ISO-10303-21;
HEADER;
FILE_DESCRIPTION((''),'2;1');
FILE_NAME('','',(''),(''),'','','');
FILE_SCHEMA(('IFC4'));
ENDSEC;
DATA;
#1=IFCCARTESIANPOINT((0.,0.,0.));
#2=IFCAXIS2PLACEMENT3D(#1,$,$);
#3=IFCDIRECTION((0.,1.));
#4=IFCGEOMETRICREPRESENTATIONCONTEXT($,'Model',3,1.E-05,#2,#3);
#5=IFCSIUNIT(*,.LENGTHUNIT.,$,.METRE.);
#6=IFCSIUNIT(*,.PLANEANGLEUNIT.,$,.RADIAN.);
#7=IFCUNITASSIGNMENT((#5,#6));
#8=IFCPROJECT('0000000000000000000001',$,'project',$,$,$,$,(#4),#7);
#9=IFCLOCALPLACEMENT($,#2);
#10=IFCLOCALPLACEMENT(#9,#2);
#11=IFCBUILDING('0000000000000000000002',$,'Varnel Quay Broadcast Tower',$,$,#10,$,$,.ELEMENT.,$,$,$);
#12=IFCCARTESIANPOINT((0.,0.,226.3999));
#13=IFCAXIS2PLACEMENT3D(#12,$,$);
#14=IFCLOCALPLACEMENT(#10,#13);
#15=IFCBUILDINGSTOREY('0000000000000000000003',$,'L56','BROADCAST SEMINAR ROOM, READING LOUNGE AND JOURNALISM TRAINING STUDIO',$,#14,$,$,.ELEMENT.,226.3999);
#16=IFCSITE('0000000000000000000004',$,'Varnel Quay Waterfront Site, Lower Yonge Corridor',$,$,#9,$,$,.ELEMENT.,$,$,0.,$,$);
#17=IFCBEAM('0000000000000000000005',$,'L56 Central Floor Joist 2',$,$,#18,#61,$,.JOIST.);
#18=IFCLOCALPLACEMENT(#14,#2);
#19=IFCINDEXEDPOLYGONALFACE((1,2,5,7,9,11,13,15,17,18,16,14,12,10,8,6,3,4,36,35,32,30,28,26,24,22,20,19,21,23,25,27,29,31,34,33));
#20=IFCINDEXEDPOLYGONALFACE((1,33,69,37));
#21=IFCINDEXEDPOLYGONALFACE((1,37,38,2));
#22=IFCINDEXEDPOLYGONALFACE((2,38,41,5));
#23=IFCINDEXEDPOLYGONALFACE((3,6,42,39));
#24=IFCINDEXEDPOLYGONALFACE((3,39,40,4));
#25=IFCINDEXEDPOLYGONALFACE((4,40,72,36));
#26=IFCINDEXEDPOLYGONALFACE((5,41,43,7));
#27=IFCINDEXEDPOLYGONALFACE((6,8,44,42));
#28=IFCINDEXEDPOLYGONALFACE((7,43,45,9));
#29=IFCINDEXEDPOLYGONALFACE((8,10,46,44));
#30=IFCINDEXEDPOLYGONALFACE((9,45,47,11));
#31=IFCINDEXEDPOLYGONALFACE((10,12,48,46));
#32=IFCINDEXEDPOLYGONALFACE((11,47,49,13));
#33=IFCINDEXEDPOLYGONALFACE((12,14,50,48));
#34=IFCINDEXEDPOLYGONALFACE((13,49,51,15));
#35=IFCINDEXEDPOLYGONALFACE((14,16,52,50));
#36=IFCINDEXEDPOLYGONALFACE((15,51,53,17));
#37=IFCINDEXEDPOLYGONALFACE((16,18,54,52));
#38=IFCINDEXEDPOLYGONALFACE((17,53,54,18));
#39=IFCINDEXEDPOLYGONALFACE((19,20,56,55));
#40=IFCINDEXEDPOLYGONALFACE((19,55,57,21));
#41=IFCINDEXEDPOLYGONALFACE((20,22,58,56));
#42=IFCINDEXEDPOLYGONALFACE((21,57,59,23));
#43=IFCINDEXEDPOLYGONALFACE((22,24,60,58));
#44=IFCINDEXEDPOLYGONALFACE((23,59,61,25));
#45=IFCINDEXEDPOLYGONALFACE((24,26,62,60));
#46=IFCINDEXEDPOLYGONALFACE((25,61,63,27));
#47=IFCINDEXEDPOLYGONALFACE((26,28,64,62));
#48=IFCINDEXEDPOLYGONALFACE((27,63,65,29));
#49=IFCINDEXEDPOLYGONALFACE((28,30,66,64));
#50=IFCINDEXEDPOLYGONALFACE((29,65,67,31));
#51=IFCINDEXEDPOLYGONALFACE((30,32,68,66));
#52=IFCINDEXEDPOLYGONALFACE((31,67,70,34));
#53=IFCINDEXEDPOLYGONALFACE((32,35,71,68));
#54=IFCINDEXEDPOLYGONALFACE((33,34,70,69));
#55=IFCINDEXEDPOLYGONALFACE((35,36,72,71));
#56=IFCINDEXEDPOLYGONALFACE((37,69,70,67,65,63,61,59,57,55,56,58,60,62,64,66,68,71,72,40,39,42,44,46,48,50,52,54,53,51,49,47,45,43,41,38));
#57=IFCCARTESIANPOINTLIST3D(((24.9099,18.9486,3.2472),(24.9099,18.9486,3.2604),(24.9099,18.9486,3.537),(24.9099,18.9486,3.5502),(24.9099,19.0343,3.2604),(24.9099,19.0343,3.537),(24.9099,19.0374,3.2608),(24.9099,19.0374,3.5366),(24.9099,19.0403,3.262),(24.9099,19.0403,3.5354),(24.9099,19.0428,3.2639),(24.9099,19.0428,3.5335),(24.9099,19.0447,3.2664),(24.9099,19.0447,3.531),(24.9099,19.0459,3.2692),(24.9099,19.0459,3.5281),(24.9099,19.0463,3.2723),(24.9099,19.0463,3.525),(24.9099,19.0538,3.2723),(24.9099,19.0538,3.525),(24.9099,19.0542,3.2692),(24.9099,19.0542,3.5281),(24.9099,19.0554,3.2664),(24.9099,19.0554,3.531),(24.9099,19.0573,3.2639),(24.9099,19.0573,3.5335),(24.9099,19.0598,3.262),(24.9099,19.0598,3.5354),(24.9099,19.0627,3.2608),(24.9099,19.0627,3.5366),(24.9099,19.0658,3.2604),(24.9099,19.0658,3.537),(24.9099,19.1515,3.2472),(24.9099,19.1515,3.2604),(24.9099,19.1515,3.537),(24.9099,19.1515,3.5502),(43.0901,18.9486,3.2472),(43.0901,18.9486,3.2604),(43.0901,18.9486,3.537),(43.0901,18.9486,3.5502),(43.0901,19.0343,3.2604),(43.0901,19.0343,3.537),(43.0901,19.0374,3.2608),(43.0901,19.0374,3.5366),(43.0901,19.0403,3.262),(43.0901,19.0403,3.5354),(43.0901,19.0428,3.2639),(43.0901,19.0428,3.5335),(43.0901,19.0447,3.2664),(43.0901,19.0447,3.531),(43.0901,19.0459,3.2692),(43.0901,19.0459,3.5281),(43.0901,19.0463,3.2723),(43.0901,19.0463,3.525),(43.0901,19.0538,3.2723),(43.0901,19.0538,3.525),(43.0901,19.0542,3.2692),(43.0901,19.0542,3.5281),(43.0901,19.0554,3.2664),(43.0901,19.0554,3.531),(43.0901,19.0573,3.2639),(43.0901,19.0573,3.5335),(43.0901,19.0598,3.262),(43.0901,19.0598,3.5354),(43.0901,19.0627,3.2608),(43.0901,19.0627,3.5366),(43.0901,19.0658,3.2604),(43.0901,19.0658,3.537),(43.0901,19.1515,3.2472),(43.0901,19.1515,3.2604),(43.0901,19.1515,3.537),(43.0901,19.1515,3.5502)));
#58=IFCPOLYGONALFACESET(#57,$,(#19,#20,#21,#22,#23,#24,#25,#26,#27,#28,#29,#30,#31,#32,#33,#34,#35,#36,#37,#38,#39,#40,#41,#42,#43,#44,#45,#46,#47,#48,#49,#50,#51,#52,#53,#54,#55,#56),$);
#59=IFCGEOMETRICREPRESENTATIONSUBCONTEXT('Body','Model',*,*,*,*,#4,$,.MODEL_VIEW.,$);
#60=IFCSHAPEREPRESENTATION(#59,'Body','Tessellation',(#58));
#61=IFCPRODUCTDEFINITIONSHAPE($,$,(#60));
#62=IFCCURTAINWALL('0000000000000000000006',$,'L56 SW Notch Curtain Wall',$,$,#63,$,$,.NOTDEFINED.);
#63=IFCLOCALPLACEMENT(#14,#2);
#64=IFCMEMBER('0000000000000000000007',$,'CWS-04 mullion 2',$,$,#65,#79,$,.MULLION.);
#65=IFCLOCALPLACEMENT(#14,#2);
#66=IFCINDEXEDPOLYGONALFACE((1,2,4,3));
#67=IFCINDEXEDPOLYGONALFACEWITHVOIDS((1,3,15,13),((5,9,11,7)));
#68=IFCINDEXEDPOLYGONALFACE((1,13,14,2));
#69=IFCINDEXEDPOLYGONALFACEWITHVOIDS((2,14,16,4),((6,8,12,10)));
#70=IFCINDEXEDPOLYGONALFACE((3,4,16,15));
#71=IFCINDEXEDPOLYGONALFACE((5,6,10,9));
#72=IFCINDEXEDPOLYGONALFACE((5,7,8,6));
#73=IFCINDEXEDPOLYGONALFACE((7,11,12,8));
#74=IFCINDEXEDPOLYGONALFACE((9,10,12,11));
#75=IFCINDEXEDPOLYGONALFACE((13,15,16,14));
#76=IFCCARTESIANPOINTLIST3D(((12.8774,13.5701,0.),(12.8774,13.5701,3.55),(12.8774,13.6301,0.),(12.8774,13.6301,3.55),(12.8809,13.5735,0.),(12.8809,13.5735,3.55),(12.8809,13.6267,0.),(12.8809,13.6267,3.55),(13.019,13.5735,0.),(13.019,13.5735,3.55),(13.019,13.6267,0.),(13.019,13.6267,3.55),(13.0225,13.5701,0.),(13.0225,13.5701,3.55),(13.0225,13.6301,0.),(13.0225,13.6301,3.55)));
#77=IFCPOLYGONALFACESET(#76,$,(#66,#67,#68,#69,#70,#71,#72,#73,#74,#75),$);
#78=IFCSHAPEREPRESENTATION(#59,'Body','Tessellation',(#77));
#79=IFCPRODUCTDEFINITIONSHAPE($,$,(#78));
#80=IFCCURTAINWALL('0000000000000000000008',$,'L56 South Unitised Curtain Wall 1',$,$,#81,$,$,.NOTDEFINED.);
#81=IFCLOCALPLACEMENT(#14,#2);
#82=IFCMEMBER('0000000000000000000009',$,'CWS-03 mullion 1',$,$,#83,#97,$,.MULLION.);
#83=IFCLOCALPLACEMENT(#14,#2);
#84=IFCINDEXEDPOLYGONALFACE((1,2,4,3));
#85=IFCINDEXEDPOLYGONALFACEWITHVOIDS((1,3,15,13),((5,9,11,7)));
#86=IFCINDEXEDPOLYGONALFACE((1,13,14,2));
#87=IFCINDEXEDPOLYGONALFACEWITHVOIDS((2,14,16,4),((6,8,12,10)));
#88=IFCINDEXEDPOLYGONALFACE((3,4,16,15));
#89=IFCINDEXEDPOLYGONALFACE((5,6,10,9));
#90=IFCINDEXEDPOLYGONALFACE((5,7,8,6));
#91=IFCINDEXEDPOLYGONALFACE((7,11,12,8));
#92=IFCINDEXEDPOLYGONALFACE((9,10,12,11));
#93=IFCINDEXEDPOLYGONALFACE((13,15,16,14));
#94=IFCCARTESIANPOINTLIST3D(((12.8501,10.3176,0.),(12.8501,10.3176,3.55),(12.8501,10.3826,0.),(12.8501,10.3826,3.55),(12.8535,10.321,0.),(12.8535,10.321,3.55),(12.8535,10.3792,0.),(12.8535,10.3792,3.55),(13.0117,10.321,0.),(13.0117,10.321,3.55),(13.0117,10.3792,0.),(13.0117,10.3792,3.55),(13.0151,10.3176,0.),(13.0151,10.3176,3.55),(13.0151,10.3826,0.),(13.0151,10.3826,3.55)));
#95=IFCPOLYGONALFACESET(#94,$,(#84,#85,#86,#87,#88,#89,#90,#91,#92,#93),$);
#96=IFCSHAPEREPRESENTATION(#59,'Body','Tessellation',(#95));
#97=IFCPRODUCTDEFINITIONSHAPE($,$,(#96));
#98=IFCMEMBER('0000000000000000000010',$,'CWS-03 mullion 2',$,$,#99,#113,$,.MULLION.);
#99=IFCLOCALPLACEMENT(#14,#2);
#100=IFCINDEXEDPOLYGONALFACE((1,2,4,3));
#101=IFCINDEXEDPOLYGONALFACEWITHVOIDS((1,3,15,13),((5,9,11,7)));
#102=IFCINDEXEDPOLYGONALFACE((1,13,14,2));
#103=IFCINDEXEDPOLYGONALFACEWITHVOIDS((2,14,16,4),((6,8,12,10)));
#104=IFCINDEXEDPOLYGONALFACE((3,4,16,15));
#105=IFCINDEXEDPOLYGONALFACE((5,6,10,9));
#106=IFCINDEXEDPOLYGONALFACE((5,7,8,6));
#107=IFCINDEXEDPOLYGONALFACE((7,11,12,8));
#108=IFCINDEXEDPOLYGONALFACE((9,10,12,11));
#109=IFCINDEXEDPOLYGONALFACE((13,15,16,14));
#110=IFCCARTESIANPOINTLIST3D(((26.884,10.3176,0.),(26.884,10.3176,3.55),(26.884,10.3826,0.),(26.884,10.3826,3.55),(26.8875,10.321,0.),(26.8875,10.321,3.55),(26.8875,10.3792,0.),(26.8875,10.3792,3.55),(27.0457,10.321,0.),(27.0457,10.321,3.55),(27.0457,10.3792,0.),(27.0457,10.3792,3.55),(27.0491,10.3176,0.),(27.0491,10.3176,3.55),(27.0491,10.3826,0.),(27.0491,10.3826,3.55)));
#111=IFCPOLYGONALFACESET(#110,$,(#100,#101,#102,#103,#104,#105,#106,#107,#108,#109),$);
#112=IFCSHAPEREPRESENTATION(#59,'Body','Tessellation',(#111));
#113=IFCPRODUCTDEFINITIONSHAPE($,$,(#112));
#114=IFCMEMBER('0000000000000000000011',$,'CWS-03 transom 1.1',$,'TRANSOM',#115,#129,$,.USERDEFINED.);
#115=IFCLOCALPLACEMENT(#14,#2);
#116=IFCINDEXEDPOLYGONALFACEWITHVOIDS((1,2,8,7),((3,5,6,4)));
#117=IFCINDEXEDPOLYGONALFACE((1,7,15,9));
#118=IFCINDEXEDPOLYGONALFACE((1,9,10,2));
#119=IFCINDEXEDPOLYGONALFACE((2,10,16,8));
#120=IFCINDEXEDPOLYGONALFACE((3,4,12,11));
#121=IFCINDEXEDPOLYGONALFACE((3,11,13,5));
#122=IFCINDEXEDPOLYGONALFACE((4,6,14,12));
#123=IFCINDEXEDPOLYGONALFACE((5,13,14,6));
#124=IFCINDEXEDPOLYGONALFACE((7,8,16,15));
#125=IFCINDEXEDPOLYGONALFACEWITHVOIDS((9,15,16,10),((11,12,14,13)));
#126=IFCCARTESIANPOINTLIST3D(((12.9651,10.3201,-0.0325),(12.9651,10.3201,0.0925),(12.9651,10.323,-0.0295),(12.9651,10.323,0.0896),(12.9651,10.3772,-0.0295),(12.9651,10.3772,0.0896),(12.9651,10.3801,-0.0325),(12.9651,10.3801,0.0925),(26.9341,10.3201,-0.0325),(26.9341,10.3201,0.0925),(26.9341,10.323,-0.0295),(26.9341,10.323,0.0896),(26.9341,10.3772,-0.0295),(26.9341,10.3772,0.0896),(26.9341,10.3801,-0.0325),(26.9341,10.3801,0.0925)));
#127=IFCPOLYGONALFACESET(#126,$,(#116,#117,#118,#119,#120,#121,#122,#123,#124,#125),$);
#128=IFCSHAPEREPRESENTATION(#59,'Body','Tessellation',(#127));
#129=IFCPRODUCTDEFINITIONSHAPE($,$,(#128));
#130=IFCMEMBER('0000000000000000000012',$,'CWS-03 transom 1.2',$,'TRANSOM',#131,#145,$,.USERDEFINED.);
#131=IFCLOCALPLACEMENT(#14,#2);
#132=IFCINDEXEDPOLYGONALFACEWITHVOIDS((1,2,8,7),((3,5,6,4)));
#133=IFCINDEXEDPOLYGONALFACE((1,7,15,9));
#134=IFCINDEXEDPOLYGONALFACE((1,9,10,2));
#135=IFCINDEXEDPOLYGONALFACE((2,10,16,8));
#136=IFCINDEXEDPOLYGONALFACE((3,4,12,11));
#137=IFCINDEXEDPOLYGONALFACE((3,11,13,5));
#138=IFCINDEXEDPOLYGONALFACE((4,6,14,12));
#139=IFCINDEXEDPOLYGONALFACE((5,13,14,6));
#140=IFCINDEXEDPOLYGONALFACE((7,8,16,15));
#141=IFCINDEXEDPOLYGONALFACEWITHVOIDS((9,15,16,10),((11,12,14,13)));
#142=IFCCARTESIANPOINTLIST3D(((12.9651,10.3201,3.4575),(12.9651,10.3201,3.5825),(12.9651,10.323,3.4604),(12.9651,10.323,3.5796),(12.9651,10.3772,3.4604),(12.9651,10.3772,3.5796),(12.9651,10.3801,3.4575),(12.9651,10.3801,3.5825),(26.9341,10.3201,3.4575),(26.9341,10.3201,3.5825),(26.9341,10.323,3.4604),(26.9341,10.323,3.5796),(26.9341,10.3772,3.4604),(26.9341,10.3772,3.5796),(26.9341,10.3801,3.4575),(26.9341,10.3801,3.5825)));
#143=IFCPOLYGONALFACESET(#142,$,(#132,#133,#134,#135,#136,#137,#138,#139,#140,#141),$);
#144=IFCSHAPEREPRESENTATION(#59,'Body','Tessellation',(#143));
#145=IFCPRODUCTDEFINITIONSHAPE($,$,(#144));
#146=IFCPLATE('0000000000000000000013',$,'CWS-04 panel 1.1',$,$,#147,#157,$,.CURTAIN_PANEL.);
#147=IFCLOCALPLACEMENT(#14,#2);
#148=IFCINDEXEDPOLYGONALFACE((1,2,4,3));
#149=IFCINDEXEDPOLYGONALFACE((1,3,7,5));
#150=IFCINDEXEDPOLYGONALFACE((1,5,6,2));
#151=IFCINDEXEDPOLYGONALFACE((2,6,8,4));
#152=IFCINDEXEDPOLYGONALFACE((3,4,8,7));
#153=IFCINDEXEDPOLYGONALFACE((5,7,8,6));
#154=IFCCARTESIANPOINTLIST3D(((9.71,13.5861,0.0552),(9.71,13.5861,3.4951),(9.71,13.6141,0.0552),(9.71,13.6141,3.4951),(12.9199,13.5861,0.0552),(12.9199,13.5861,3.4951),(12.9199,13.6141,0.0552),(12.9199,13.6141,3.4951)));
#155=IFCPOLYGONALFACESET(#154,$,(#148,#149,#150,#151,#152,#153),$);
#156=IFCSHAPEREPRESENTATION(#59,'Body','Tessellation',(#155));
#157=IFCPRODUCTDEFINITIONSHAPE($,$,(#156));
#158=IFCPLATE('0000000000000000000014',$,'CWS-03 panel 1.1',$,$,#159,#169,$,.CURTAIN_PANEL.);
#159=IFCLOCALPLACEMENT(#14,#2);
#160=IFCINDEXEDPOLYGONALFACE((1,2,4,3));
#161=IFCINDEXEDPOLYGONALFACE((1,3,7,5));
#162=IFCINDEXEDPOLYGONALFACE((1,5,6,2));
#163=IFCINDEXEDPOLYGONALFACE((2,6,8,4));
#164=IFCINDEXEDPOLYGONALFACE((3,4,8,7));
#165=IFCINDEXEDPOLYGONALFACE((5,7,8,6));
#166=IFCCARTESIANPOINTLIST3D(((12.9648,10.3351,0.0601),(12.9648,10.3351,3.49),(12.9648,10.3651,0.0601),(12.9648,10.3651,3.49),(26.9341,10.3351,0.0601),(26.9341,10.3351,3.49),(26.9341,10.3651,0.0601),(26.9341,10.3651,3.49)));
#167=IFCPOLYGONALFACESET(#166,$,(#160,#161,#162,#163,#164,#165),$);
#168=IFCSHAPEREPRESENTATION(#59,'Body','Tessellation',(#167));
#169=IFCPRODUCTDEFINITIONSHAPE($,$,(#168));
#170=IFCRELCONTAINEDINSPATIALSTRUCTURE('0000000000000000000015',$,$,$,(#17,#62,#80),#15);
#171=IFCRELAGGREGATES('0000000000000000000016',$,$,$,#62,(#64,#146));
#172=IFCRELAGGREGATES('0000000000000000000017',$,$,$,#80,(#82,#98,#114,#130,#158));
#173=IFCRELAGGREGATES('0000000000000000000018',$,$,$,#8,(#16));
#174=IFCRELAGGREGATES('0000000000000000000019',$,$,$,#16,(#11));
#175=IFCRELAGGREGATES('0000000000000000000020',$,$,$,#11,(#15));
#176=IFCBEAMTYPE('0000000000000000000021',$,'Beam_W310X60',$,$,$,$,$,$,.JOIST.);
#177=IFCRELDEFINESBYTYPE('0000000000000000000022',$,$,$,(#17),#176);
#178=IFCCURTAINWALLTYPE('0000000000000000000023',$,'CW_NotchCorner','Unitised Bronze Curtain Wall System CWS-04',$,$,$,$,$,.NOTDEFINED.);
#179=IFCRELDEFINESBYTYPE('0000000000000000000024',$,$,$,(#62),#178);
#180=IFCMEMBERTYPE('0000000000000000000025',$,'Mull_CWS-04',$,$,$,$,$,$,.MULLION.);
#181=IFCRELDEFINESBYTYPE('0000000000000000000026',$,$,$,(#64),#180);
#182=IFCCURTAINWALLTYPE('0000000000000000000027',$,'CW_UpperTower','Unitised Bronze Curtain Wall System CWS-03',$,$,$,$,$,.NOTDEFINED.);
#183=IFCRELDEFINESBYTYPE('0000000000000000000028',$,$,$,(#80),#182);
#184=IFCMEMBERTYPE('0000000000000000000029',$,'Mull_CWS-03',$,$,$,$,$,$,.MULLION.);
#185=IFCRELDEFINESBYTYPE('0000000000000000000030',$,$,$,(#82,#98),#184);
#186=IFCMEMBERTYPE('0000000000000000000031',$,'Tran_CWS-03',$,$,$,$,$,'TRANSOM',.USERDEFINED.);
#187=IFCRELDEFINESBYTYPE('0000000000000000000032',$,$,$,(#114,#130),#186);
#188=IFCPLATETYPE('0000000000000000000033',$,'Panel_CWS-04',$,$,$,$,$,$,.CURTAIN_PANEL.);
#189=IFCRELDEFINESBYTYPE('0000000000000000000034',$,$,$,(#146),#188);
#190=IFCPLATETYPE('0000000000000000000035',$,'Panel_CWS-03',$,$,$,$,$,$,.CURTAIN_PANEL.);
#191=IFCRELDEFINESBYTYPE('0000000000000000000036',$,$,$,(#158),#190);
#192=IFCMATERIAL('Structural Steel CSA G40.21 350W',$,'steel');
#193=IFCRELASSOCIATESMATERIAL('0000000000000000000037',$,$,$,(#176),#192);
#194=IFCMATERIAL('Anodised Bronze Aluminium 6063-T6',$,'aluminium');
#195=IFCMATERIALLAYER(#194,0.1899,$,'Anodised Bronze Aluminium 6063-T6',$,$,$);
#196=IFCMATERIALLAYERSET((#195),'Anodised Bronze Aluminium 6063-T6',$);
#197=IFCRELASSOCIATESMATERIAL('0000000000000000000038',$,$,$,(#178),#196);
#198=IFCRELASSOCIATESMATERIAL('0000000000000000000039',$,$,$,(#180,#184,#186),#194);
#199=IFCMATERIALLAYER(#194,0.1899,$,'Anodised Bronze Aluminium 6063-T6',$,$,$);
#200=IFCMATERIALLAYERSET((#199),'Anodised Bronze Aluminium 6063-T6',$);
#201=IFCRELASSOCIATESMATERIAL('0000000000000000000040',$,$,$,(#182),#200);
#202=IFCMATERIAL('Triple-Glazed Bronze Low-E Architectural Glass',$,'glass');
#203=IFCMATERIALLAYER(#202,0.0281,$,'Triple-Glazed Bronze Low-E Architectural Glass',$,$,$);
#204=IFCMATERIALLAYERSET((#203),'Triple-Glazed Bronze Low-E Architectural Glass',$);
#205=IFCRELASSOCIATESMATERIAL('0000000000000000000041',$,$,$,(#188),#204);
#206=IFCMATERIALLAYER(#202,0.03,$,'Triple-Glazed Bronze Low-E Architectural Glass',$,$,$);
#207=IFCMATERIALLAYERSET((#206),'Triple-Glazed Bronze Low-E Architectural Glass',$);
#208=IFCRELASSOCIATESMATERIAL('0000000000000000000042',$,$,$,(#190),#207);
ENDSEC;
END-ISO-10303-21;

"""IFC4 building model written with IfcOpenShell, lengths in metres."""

from ifc_helpers import new_model, si_unit, direction, frame, origin, origin_2d, place, context, subcontext, project, spatial, rectangle, hollow_rectangle, i_section, extrude, source, transform, mapped, material, layer, layer_set, material_profile, profile_set, type_object, type_shapes, element, aggregate, save


model = new_model("IFC4")

# Units and contexts
model_context = context("Model", 3, precision=1e-05, world=origin(), true_north=direction((0.0, 1.0)))
body_context = subcontext(model_context, "Body", "Model", "MODEL_VIEW")
ifc_project = project(units=[si_unit("LENGTHUNIT", "METRE"), si_unit("PLANEANGLEUNIT", "RADIAN")], contexts=[model_context])

# Site, building, storey
site_placement = place(None, origin())
site = spatial("IfcSite", under=ifc_project, at=site_placement, Name="Varnel Quay Waterfront Site, Lower Yonge Corridor", CompositionType="ELEMENT", RefElevation=0.0)
building_placement = place(site_placement, origin())
building = spatial("IfcBuilding", under=site, at=building_placement, Name="Varnel Quay Broadcast Tower", CompositionType="ELEMENT")
storey_placement = place(building_placement, frame((0.0, 0.0, 226.3999)))
storey = spatial("IfcBuildingStorey", under=building, at=storey_placement, Name="L56", Description="BROADCAST SEMINAR ROOM, READING LOUNGE AND JOURNALISM TRAINING STUDIO", CompositionType="ELEMENT", Elevation=226.3999)

# Shared definitions
ifc_material_1 = material(Name="Structural Steel CSA G40.21 350W", Category="steel")

# Beam
ifc_material_profile_1 = material_profile(ifc_material_1, i_section(OverallWidth=0.2029, OverallDepth=0.303, WebThickness=0.0076, FlangeThickness=0.0132, FilletRadius=0.012, at=origin_2d()), Name="W310X60")
ifc_profile_set_1 = profile_set([ifc_material_profile_1], Name="Structural Steel CSA G40.21 350W")
beam_type_1 = type_object("IfcBeamType", Name="Beam_W310X60", PredefinedType="JOIST", material=ifc_profile_set_1)
shared_shape_1 = source(origin(), body_context, "Body", "SweptSolid", [
    extrude(i_section(OverallWidth=0.2029, OverallDepth=0.303, WebThickness=0.0076, FlangeThickness=0.0132, FilletRadius=0.012, at=origin_2d()), origin(), (0.0, 0.0, 1.0), 18.1802),
])
beam_1_placement = place(storey_placement, frame((24.9099, 19.05, 3.3987), z_axis=(1.0, 0.0, 0.0), x_axis=(0.0, 1.0, 0.0)))
element("IfcBeam", 1, at=beam_1_placement, inside=storey, type_object=beam_type_1, Name="L56 Central Floor Joist 2", PredefinedType="JOIST", context=body_context, shape_type="MappedRepresentation", body=[
    mapped(shared_shape_1, transform((0.0, 0.0, 0.0), x_axis=(1.0, 0.0, 0.0), y_axis=(0.0, 1.0, 0.0), z_axis=(0.0, 0.0, 1.0), scale=1.0)),
])

# Curtain wall, member
ifc_material_2 = material(Name="Anodised Bronze Aluminium 6063-T6", Category="aluminium")
ifc_layer_1 = layer(ifc_material_2, 0.1899, Name="Anodised Bronze Aluminium 6063-T6")
ifc_layer_set_1 = layer_set([ifc_layer_1], Name="Anodised Bronze Aluminium 6063-T6")
curtain_wall_type_1 = type_object("IfcCurtainWallType", Name="CW_NotchCorner", Description="Unitised Bronze Curtain Wall System CWS-04", PredefinedType="NOTDEFINED", material=ifc_layer_set_1)
curtain_wall_1_placement = place(storey_placement, origin())
curtain_wall_1 = element("IfcCurtainWall", 2, at=curtain_wall_1_placement, inside=storey, type_object=curtain_wall_type_1, Name="L56 SW Notch Curtain Wall", PredefinedType="NOTDEFINED")
ifc_material_profile_2 = material_profile(ifc_material_2, hollow_rectangle(XDim=0.0601, YDim=0.145, WallThickness=0.0034, at=origin_2d()), Name="ALU60X145X3.5")
ifc_profile_set_2 = profile_set([ifc_material_profile_2], Name="Anodised Bronze Aluminium 6063-T6")
member_type_1 = type_object("IfcMemberType", Name="Mull_CWS-04", PredefinedType="MULLION", material=ifc_profile_set_2)
shared_shape_2 = source(origin(), body_context, "Body", "SweptSolid", [
    extrude(hollow_rectangle(XDim=0.0601, YDim=0.145, WallThickness=0.0034, at=origin_2d()), origin(), (0.0, 0.0, 1.0), 3.55),
])
type_shapes(member_type_1, [shared_shape_2])
member_1_placement = place(storey_placement, frame((12.95, 13.6001, 0.0), z_axis=(0.0, 0.0, 1.0), x_axis=(0.0, 1.0, 0.0)))
member_1 = element("IfcMember", 3, at=member_1_placement, type_object=member_type_1, Name="CWS-04 mullion 2", PredefinedType="MULLION", context=body_context, shape_type="MappedRepresentation", body=[
    mapped(shared_shape_2, transform((0.0, 0.0, 0.0), x_axis=(1.0, 0.0, 0.0), y_axis=(0.0, 1.0, 0.0), z_axis=(0.0, 0.0, 1.0), scale=1.0)),
])

# Curtain wall, members
ifc_layer_2 = layer(ifc_material_2, 0.1899, Name="Anodised Bronze Aluminium 6063-T6")
ifc_layer_set_2 = layer_set([ifc_layer_2], Name="Anodised Bronze Aluminium 6063-T6")
curtain_wall_type_2 = type_object("IfcCurtainWallType", Name="CW_UpperTower", Description="Unitised Bronze Curtain Wall System CWS-03", PredefinedType="NOTDEFINED", material=ifc_layer_set_2)
curtain_wall_2_placement = place(storey_placement, origin())
curtain_wall_2 = element("IfcCurtainWall", 4, at=curtain_wall_2_placement, inside=storey, type_object=curtain_wall_type_2, Name="L56 South Unitised Curtain Wall 1", PredefinedType="NOTDEFINED")
ifc_material_profile_3 = material_profile(ifc_material_2, hollow_rectangle(XDim=0.0649, YDim=0.165, WallThickness=0.0034, at=origin_2d()), Name="ALU65X165X3.5")
ifc_profile_set_3 = profile_set([ifc_material_profile_3], Name="Anodised Bronze Aluminium 6063-T6")
member_type_2 = type_object("IfcMemberType", Name="Mull_CWS-03", PredefinedType="MULLION", material=ifc_profile_set_3)
shared_shape_3 = source(origin(), body_context, "Body", "SweptSolid", [
    extrude(hollow_rectangle(XDim=0.0649, YDim=0.165, WallThickness=0.0034, at=origin_2d()), origin(), (0.0, 0.0, 1.0), 3.55),
])
type_shapes(member_type_2, [shared_shape_3])
member_2_placement = place(storey_placement, frame((12.9326, 10.3501, 0.0), z_axis=(0.0, 0.0, 1.0), x_axis=(0.0, 1.0, 0.0)))
member_2 = element("IfcMember", 5, at=member_2_placement, type_object=member_type_2, Name="CWS-03 mullion 1", PredefinedType="MULLION", context=body_context, shape_type="MappedRepresentation", body=[
    mapped(shared_shape_3, transform((0.0, 0.0, 0.0), x_axis=(1.0, 0.0, 0.0), y_axis=(0.0, 1.0, 0.0), z_axis=(0.0, 0.0, 1.0), scale=1.0)),
])
member_3_placement = place(storey_placement, frame((26.9666, 10.3501, 0.0), z_axis=(0.0, 0.0, 1.0), x_axis=(0.0, 1.0, 0.0)))
member_3 = element("IfcMember", 6, at=member_3_placement, type_object=member_type_2, Name="CWS-03 mullion 2", PredefinedType="MULLION", context=body_context, shape_type="MappedRepresentation", body=[
    mapped(shared_shape_3, transform((0.0, 0.0, 0.0), x_axis=(1.0, 0.0, 0.0), y_axis=(0.0, 1.0, 0.0), z_axis=(0.0, 0.0, 1.0), scale=1.0)),
])
ifc_material_profile_4 = material_profile(ifc_material_2, hollow_rectangle(XDim=0.0601, YDim=0.125, WallThickness=0.0029, at=origin_2d()), Name="ALU60X125X3")
ifc_profile_set_4 = profile_set([ifc_material_profile_4], Name="Anodised Bronze Aluminium 6063-T6")
member_type_3 = type_object("IfcMemberType", Name="Tran_CWS-03", ElementType="TRANSOM", PredefinedType="USERDEFINED", material=ifc_profile_set_4)
shared_shape_4 = source(origin(), body_context, "Body", "SweptSolid", [
    extrude(hollow_rectangle(XDim=0.0601, YDim=0.125, WallThickness=0.0029, at=origin_2d()), origin(), (0.0, 0.0, 1.0), 13.969),
])
type_shapes(member_type_3, [shared_shape_4])
member_4_placement = place(storey_placement, frame((12.9651, 10.3501, 0.03), z_axis=(1.0, 0.0, 0.0), x_axis=(0.0, 1.0, 0.0)))
member_4 = element("IfcMember", 7, at=member_4_placement, type_object=member_type_3, Name="CWS-03 transom 1.1", ObjectType="TRANSOM", PredefinedType="USERDEFINED", context=body_context, shape_type="MappedRepresentation", body=[
    mapped(shared_shape_4, transform((0.0, 0.0, 0.0), x_axis=(1.0, 0.0, 0.0), y_axis=(0.0, 1.0, 0.0), z_axis=(0.0, 0.0, 1.0), scale=1.0)),
])
member_5_placement = place(storey_placement, frame((12.9651, 10.3501, 3.52), z_axis=(1.0, 0.0, 0.0), x_axis=(0.0, 1.0, 0.0)))
member_5 = element("IfcMember", 8, at=member_5_placement, type_object=member_type_3, Name="CWS-03 transom 1.2", ObjectType="TRANSOM", PredefinedType="USERDEFINED", context=body_context, shape_type="MappedRepresentation", body=[
    mapped(shared_shape_4, transform((0.0, 0.0, 0.0), x_axis=(1.0, 0.0, 0.0), y_axis=(0.0, 1.0, 0.0), z_axis=(0.0, 0.0, 1.0), scale=1.0)),
])

# Plates
ifc_material_3 = material(Name="Triple-Glazed Bronze Low-E Architectural Glass", Category="glass")
ifc_layer_3 = layer(ifc_material_3, 0.0281, Name="Triple-Glazed Bronze Low-E Architectural Glass")
ifc_layer_set_3 = layer_set([ifc_layer_3], Name="Triple-Glazed Bronze Low-E Architectural Glass")
plate_type_1 = type_object("IfcPlateType", Name="Panel_CWS-04", PredefinedType="CURTAIN_PANEL", material=ifc_layer_set_3)
shared_shape_5 = source(origin(), body_context, "Body", "SweptSolid", [
    extrude(rectangle(XDim=3.21, YDim=0.0281, at=origin_2d()), origin(), (0.0, 0.0, 1.0), 3.4399),
])
type_shapes(plate_type_1, [shared_shape_5])
plate_1_placement = place(storey_placement, frame((11.3149, 13.6001, 0.0552), z_axis=(0.0, 0.0, 1.0), x_axis=(1.0, 0.0, 0.0)))
plate_1 = element("IfcPlate", 9, at=plate_1_placement, type_object=plate_type_1, Name="CWS-04 panel 1.1", PredefinedType="CURTAIN_PANEL", context=body_context, shape_type="MappedRepresentation", body=[
    mapped(shared_shape_5, transform((0.0, 0.0, 0.0), x_axis=(1.0, 0.0, 0.0), y_axis=(0.0, 1.0, 0.0), z_axis=(0.0, 0.0, 1.0), scale=1.0)),
])
aggregate(curtain_wall_1, [member_1, plate_1])
ifc_layer_4 = layer(ifc_material_3, 0.03, Name="Triple-Glazed Bronze Low-E Architectural Glass")
ifc_layer_set_4 = layer_set([ifc_layer_4], Name="Triple-Glazed Bronze Low-E Architectural Glass")
plate_type_2 = type_object("IfcPlateType", Name="Panel_CWS-03", PredefinedType="CURTAIN_PANEL", material=ifc_layer_set_4)
shared_shape_6 = source(origin(), body_context, "Body", "SweptSolid", [
    extrude(rectangle(XDim=13.9692, YDim=0.03, at=origin_2d()), origin(), (0.0, 0.0, 1.0), 3.4299),
])
type_shapes(plate_type_2, [shared_shape_6])
plate_2_placement = place(storey_placement, frame((19.9495, 10.3501, 0.0601), z_axis=(0.0, 0.0, 1.0), x_axis=(1.0, 0.0, 0.0)))
plate_2 = element("IfcPlate", 10, at=plate_2_placement, type_object=plate_type_2, Name="CWS-03 panel 1.1", PredefinedType="CURTAIN_PANEL", context=body_context, shape_type="MappedRepresentation", body=[
    mapped(shared_shape_6, transform((0.0, 0.0, 0.0), x_axis=(1.0, 0.0, 0.0), y_axis=(0.0, 1.0, 0.0), z_axis=(0.0, 0.0, 1.0), scale=1.0)),
])
aggregate(curtain_wall_2, [member_2, member_3, member_4, member_5, plate_2])

save(model, "model.ifc")
